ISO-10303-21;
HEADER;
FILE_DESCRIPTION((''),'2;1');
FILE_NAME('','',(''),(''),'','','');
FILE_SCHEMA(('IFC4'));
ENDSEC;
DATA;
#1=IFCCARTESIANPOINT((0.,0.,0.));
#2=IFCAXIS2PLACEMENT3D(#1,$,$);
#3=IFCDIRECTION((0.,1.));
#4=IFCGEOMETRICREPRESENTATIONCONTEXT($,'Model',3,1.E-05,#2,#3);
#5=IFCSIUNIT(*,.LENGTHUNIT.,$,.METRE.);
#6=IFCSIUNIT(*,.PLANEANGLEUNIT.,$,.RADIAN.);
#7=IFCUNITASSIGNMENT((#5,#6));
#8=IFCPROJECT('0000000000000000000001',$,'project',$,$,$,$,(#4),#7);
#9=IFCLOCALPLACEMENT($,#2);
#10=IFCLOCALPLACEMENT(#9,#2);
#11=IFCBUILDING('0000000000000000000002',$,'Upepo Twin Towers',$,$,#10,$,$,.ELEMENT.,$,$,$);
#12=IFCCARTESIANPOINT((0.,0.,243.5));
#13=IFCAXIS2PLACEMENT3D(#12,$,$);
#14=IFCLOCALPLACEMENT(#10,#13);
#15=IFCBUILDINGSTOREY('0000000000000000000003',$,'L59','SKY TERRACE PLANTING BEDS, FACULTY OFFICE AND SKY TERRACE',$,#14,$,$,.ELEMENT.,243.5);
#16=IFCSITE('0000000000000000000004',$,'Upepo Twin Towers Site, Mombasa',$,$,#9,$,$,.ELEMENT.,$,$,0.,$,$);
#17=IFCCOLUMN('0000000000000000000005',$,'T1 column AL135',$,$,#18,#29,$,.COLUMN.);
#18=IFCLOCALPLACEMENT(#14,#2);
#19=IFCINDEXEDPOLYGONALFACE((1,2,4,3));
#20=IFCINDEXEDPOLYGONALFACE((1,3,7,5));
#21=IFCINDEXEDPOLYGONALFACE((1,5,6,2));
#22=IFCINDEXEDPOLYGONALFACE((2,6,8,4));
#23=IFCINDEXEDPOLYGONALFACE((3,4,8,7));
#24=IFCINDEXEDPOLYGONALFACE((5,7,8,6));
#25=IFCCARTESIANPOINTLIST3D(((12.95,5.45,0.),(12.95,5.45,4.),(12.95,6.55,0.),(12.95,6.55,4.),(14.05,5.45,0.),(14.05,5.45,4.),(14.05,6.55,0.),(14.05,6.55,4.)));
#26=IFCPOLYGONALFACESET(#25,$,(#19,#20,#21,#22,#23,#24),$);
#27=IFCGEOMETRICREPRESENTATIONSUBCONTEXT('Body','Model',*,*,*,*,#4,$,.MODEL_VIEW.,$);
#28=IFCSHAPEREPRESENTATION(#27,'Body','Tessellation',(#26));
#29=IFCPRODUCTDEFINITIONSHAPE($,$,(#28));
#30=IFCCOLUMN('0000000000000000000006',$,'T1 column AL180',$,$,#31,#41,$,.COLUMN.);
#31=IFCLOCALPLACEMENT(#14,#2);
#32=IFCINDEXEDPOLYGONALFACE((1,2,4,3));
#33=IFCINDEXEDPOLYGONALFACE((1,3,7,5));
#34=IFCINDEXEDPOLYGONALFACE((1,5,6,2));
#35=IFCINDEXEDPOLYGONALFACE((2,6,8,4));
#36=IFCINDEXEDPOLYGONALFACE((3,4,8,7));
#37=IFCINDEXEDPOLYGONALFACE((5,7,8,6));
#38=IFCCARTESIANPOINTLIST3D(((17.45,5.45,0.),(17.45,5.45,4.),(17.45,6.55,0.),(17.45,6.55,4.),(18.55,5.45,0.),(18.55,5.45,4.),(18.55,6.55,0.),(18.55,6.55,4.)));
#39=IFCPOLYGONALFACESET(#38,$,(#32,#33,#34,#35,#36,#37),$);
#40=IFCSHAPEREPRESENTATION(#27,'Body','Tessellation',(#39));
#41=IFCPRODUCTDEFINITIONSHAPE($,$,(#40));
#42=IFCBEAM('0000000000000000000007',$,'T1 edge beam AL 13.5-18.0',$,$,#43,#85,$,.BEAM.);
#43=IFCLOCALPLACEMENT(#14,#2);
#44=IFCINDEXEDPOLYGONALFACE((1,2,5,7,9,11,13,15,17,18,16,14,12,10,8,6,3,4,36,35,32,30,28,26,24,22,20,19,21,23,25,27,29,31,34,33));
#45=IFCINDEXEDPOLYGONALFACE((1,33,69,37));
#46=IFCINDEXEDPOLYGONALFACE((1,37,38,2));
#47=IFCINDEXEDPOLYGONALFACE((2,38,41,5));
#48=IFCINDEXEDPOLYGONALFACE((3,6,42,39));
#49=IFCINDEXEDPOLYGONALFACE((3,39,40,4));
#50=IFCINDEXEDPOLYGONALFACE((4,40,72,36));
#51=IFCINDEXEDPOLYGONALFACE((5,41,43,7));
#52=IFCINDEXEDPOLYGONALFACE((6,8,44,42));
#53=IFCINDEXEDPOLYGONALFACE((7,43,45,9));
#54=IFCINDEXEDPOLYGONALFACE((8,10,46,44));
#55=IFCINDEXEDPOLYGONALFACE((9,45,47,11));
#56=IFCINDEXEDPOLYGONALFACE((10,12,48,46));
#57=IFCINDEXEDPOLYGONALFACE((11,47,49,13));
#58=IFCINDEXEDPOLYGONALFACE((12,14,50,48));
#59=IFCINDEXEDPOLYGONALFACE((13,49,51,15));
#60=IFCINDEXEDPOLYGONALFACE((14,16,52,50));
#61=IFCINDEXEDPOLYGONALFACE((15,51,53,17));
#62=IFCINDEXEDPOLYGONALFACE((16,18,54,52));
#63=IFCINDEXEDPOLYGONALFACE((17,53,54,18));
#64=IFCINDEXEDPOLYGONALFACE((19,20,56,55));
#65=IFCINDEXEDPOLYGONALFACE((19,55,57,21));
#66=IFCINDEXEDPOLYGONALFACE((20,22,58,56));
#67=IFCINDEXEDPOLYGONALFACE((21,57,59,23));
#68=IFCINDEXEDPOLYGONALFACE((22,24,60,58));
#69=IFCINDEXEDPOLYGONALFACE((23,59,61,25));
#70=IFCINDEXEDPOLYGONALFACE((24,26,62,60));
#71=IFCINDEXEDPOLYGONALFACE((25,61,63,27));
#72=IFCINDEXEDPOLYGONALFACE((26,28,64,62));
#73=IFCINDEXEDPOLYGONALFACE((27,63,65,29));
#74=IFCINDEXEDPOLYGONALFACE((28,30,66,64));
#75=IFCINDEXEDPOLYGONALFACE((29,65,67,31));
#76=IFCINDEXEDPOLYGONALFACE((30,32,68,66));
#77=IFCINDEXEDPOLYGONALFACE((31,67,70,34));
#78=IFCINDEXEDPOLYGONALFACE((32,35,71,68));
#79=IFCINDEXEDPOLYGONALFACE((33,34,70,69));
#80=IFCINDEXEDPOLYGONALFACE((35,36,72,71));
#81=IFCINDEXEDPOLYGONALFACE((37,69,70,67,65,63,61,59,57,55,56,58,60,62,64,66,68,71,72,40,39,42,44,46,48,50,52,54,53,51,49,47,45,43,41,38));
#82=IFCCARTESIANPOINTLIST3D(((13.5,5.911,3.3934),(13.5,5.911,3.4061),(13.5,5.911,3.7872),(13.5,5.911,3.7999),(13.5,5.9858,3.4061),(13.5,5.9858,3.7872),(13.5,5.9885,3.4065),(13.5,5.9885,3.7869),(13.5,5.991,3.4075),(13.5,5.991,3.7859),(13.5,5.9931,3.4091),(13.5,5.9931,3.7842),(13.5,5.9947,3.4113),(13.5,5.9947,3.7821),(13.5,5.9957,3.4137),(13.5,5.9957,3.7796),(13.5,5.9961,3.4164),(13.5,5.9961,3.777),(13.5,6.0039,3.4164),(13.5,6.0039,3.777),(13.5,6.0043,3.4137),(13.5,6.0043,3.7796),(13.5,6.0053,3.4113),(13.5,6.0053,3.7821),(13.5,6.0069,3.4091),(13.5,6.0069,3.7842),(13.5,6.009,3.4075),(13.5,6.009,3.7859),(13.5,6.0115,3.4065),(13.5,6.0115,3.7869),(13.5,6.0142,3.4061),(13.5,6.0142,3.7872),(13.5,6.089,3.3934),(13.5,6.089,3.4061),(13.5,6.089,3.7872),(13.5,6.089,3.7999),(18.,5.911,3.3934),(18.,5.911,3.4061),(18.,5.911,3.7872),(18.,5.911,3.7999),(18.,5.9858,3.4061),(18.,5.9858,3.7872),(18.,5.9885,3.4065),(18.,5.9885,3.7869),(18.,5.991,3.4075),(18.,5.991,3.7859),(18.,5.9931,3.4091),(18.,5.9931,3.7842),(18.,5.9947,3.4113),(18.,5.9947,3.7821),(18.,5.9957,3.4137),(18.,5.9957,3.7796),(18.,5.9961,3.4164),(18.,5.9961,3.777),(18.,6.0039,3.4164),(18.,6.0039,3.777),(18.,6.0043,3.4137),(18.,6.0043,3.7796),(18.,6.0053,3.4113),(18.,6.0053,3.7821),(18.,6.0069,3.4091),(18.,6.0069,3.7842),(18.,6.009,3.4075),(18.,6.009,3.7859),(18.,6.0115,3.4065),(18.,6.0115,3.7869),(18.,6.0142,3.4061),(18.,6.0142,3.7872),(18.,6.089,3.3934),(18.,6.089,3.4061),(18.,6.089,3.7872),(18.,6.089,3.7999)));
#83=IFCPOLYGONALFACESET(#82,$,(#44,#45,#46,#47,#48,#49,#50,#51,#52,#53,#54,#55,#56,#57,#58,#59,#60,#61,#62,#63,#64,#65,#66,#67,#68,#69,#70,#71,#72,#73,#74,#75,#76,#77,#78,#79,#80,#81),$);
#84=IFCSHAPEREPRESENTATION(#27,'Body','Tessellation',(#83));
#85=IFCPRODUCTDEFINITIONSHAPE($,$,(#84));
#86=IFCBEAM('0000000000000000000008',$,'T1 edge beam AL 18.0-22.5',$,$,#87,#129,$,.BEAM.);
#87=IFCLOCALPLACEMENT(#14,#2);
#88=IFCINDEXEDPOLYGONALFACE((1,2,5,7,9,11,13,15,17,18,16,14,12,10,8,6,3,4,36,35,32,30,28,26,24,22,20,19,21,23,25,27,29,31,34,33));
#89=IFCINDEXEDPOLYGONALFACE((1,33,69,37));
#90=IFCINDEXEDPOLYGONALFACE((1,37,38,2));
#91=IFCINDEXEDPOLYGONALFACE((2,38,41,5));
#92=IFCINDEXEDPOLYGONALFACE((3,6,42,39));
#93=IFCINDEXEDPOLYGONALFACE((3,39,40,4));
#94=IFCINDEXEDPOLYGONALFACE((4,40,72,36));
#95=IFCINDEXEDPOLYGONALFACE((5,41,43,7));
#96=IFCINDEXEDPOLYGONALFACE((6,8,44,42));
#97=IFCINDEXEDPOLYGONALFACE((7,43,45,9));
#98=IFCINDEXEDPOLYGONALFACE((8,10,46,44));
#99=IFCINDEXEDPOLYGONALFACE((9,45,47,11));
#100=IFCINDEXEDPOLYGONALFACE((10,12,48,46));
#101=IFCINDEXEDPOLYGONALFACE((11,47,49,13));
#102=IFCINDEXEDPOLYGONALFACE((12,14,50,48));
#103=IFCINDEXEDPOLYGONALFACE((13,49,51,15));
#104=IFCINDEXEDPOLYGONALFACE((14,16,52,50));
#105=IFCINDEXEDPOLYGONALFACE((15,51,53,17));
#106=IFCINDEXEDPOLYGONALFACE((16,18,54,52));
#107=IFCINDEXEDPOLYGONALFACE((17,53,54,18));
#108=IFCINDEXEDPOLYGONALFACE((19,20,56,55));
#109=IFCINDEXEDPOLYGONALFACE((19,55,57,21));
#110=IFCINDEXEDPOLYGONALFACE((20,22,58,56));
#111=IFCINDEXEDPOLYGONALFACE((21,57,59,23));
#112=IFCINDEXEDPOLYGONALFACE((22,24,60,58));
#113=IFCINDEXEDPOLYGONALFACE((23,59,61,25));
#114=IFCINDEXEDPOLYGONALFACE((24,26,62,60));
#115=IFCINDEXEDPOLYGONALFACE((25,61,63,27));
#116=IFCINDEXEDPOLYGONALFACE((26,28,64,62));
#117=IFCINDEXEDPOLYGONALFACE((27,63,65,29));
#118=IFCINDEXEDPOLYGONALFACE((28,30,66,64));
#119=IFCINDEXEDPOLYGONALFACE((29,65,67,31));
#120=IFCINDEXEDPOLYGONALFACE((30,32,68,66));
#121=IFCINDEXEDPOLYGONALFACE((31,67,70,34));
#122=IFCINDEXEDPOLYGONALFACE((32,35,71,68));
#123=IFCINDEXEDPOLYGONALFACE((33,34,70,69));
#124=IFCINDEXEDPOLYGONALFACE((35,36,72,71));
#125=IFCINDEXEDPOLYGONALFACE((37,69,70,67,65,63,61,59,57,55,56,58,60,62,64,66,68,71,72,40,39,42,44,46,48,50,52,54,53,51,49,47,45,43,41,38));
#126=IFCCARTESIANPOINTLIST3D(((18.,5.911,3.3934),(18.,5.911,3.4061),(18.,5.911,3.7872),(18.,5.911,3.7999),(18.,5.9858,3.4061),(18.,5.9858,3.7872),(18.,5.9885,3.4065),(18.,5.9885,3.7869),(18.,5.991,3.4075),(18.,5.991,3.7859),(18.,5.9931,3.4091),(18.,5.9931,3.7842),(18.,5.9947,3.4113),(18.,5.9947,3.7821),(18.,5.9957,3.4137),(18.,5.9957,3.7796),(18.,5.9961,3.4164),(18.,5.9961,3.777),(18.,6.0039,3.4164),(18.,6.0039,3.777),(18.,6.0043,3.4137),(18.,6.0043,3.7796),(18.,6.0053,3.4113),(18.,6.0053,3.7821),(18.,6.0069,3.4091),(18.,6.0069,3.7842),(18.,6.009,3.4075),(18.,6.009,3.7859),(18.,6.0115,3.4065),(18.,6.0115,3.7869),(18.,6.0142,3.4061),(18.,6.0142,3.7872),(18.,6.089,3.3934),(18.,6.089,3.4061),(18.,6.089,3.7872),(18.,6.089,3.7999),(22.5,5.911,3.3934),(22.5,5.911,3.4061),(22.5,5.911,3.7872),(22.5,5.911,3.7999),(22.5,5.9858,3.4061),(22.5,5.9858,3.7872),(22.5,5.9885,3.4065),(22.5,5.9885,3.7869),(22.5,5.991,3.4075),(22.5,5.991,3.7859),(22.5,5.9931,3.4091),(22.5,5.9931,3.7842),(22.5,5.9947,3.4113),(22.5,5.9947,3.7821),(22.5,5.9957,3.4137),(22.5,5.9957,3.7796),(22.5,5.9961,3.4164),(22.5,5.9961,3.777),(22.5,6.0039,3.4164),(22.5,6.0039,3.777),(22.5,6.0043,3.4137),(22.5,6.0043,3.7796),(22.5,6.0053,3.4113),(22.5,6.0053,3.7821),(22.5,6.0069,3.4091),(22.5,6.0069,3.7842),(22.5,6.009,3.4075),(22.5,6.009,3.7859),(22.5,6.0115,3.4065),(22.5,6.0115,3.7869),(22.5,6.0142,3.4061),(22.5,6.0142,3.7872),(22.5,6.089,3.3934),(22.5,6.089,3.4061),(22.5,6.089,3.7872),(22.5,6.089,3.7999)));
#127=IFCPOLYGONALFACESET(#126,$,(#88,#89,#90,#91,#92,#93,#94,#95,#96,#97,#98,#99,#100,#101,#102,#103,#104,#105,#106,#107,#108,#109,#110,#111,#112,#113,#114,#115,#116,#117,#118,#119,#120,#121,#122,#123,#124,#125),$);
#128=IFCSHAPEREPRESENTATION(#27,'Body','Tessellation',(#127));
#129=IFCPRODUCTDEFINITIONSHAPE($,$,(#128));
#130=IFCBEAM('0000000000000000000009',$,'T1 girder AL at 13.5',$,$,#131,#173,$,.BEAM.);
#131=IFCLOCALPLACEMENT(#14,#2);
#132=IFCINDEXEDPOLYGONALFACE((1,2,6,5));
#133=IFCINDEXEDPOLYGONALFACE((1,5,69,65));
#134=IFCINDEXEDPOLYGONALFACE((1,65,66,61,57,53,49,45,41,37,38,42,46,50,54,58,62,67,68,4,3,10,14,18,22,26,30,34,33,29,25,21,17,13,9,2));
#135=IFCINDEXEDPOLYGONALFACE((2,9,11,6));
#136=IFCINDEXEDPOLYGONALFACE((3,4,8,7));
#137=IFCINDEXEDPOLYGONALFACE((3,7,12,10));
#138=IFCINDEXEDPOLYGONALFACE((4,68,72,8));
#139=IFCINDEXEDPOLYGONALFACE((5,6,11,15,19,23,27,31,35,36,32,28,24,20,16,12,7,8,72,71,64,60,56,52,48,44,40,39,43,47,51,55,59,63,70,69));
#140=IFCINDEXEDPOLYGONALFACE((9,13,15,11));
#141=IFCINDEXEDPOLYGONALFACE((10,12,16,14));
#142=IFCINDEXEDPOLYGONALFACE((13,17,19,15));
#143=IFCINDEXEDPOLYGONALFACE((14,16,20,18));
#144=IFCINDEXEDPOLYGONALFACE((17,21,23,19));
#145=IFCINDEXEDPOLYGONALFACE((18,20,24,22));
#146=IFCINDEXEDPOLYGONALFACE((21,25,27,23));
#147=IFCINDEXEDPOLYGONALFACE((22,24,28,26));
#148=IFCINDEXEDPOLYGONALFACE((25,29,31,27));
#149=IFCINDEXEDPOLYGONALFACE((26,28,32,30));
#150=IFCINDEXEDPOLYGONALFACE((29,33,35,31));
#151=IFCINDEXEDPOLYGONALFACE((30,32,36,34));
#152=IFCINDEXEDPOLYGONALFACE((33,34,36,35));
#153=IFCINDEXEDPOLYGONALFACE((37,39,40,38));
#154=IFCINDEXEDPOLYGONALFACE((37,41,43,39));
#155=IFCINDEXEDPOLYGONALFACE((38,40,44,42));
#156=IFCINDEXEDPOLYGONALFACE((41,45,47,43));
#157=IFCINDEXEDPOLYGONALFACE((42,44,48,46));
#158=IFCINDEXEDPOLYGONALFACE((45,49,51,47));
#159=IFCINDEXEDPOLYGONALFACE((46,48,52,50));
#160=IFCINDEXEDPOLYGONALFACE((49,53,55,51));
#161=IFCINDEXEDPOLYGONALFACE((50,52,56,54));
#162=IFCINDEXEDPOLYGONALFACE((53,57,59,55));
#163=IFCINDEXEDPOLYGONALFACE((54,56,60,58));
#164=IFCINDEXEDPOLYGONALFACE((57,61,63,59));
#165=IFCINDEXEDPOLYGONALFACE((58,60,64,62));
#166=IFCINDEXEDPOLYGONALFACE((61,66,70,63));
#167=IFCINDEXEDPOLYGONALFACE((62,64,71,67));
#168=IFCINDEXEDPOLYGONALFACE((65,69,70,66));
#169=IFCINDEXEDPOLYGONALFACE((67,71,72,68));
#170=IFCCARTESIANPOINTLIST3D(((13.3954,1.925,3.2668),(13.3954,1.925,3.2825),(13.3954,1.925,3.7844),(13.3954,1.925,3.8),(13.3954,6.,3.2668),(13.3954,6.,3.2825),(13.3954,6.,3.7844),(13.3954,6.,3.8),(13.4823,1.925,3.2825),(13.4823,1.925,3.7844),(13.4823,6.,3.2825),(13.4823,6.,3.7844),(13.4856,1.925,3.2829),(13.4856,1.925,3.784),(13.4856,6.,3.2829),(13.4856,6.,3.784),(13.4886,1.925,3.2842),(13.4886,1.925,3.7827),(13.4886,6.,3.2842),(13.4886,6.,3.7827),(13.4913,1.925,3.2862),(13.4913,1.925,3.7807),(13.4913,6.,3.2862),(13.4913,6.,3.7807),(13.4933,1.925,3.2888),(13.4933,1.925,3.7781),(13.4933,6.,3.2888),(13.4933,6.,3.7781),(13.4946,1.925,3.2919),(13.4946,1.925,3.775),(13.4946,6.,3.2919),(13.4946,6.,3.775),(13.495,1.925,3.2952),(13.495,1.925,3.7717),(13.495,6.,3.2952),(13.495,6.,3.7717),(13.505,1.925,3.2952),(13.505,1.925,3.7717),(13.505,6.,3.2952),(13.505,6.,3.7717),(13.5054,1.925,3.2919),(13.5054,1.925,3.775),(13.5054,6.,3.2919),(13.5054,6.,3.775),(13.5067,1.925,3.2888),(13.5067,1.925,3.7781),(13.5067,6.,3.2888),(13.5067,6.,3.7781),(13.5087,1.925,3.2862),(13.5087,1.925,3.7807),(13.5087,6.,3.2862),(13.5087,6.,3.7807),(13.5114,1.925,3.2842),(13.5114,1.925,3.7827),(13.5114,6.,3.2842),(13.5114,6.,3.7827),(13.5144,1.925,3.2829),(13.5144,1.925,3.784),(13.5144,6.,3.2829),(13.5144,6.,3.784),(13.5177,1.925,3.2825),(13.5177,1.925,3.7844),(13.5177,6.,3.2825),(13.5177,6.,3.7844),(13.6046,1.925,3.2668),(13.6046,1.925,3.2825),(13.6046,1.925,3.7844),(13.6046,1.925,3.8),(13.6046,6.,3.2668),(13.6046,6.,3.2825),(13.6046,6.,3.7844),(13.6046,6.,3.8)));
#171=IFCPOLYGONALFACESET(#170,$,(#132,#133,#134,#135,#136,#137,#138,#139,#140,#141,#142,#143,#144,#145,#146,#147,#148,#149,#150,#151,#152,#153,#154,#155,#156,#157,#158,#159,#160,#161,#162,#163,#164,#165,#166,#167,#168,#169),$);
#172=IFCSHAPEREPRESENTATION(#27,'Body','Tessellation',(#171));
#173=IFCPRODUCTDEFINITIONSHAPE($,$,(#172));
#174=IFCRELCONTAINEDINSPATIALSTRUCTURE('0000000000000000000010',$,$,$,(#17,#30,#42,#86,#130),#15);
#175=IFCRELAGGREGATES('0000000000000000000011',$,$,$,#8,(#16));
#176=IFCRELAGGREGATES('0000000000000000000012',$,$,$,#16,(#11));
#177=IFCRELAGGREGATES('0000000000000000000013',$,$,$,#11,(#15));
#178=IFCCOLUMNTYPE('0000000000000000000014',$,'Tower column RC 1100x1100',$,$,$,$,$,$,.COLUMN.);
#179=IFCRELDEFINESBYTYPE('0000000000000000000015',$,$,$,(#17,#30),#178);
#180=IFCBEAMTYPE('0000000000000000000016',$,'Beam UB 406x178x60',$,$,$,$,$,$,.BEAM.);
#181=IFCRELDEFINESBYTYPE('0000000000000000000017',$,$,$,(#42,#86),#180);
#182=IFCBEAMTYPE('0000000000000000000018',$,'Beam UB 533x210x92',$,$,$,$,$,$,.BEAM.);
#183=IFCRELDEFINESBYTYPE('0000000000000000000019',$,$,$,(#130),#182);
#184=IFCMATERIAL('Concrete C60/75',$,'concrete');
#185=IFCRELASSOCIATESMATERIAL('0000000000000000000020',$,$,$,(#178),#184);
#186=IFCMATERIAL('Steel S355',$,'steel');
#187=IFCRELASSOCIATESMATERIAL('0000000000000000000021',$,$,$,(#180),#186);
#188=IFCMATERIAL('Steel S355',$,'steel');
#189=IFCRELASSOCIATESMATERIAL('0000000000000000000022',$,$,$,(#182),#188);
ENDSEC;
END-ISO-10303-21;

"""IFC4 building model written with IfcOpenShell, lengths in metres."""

from ifc_helpers import new_model, si_unit, direction, frame, origin, origin_2d, place, context, subcontext, project, spatial, rectangle, i_section, extrude, material, material_profile, profile_set, type_object, element, save


model = new_model("IFC4")

# Units and contexts
model_context = context("Model", 3, precision=1e-05, world=origin(), true_north=direction((0.0, 1.0)))
body_context = subcontext(model_context, "Body", "Model", "MODEL_VIEW")
ifc_project = project(units=[si_unit("LENGTHUNIT", "METRE"), si_unit("PLANEANGLEUNIT", "RADIAN")], contexts=[model_context])

# Site, building, storey
site_placement = place(None, origin())
site = spatial("IfcSite", under=ifc_project, at=site_placement, Name="Upepo Twin Towers Site, Mombasa", CompositionType="ELEMENT", RefElevation=0.0)
building_placement = place(site_placement, origin())
building = spatial("IfcBuilding", under=site, at=building_placement, Name="Upepo Twin Towers", CompositionType="ELEMENT")
storey_placement = place(building_placement, frame((0.0, 0.0, 243.5)))
storey = spatial("IfcBuildingStorey", under=building, at=storey_placement, Name="L59", Description="SKY TERRACE PLANTING BEDS, FACULTY OFFICE AND SKY TERRACE", CompositionType="ELEMENT", Elevation=243.5)

# Columns
ifc_material_1 = material(Name="Concrete C60/75", Category="concrete")
ifc_material_profile_1 = material_profile(ifc_material_1, rectangle(XDim=1.1001, YDim=1.1001, at=origin_2d()), Name="RC 1100x1100")
ifc_profile_set_1 = profile_set([ifc_material_profile_1], Name="Concrete C60/75")
column_type = type_object("IfcColumnType", Name="Tower column RC 1100x1100", PredefinedType="COLUMN", material=ifc_profile_set_1)
for number, where, z_axis, x_axis, name in (
    (1, (13.5, 6.0, 0.0), (0.0, 0.0, 1.0), (1.0, 0.0, 0.0), "T1 column AL135"),
    (2, (18.0, 6.0, 0.0), (0.0, 0.0, 1.0), (1.0, 0.0, 0.0), "T1 column AL180"),
):
    element("IfcColumn", number, at=place(storey_placement, frame(where, z_axis=z_axis, x_axis=x_axis)), inside=storey, type_object=column_type, Name=name, PredefinedType="COLUMN", context=body_context, shape_type="SweptSolid", body=[
        extrude(rectangle(XDim=1.1001, YDim=1.1001, at=origin_2d()), origin(), (0.0, 0.0, 1.0), 4.0),
    ])

# Beams
ifc_material_2 = material(Name="Steel S355", Category="steel")
ifc_material_profile_2 = material_profile(ifc_material_2, i_section(OverallWidth=0.178, OverallDepth=0.4065, WebThickness=0.0078, FlangeThickness=0.0127, FilletRadius=0.0103, at=origin_2d()), Name="UB 406x178x60")
ifc_profile_set_2 = profile_set([ifc_material_profile_2], Name="Steel S355")
beam_type_1 = type_object("IfcBeamType", Name="Beam UB 406x178x60", PredefinedType="BEAM", material=ifc_profile_set_2)
for number, where, z_axis, x_axis, name in (
    (3, (13.5, 6.0, 3.5967), (1.0, 0.0, 0.0), (0.0, 1.0, 0.0), "T1 edge beam AL 13.5-18.0"),
    (4, (18.0, 6.0, 3.5967), (1.0, 0.0, 0.0), (0.0, 1.0, 0.0), "T1 edge beam AL 18.0-22.5"),
):
    element("IfcBeam", number, at=place(storey_placement, frame(where, z_axis=z_axis, x_axis=x_axis)), inside=storey, type_object=beam_type_1, Name=name, PredefinedType="BEAM", context=body_context, shape_type="SweptSolid", body=[
        extrude(i_section(OverallWidth=0.178, OverallDepth=0.4065, WebThickness=0.0078, FlangeThickness=0.0127, FilletRadius=0.0103, at=origin_2d()), origin(), (0.0, 0.0, 1.0), 4.5),
    ])
ifc_material_3 = material(Name="Steel S355", Category="steel")
ifc_material_profile_3 = material_profile(ifc_material_3, i_section(OverallWidth=0.2092, OverallDepth=0.5332, WebThickness=0.01, FlangeThickness=0.0156, FilletRadius=0.0127, at=origin_2d()), Name="UB 533x210x92")
ifc_profile_set_3 = profile_set([ifc_material_profile_3], Name="Steel S355")
beam_type_2 = type_object("IfcBeamType", Name="Beam UB 533x210x92", PredefinedType="BEAM", material=ifc_profile_set_3)
for number, where, z_axis, x_axis, name in (
    (5, (13.5, 6.0, 3.5334), (0.0, -1.0, 0.0), (1.0, 0.0, 0.0), "T1 girder AL at 13.5"),
):
    element("IfcBeam", number, at=place(storey_placement, frame(where, z_axis=z_axis, x_axis=x_axis)), inside=storey, type_object=beam_type_2, Name=name, PredefinedType="BEAM", context=body_context, shape_type="SweptSolid", body=[
        extrude(i_section(OverallWidth=0.2092, OverallDepth=0.5332, WebThickness=0.01, FlangeThickness=0.0156, FilletRadius=0.0127, at=origin_2d()), origin(), (0.0, 0.0, 1.0), 4.075),
    ])

save(model, "model.ifc")
